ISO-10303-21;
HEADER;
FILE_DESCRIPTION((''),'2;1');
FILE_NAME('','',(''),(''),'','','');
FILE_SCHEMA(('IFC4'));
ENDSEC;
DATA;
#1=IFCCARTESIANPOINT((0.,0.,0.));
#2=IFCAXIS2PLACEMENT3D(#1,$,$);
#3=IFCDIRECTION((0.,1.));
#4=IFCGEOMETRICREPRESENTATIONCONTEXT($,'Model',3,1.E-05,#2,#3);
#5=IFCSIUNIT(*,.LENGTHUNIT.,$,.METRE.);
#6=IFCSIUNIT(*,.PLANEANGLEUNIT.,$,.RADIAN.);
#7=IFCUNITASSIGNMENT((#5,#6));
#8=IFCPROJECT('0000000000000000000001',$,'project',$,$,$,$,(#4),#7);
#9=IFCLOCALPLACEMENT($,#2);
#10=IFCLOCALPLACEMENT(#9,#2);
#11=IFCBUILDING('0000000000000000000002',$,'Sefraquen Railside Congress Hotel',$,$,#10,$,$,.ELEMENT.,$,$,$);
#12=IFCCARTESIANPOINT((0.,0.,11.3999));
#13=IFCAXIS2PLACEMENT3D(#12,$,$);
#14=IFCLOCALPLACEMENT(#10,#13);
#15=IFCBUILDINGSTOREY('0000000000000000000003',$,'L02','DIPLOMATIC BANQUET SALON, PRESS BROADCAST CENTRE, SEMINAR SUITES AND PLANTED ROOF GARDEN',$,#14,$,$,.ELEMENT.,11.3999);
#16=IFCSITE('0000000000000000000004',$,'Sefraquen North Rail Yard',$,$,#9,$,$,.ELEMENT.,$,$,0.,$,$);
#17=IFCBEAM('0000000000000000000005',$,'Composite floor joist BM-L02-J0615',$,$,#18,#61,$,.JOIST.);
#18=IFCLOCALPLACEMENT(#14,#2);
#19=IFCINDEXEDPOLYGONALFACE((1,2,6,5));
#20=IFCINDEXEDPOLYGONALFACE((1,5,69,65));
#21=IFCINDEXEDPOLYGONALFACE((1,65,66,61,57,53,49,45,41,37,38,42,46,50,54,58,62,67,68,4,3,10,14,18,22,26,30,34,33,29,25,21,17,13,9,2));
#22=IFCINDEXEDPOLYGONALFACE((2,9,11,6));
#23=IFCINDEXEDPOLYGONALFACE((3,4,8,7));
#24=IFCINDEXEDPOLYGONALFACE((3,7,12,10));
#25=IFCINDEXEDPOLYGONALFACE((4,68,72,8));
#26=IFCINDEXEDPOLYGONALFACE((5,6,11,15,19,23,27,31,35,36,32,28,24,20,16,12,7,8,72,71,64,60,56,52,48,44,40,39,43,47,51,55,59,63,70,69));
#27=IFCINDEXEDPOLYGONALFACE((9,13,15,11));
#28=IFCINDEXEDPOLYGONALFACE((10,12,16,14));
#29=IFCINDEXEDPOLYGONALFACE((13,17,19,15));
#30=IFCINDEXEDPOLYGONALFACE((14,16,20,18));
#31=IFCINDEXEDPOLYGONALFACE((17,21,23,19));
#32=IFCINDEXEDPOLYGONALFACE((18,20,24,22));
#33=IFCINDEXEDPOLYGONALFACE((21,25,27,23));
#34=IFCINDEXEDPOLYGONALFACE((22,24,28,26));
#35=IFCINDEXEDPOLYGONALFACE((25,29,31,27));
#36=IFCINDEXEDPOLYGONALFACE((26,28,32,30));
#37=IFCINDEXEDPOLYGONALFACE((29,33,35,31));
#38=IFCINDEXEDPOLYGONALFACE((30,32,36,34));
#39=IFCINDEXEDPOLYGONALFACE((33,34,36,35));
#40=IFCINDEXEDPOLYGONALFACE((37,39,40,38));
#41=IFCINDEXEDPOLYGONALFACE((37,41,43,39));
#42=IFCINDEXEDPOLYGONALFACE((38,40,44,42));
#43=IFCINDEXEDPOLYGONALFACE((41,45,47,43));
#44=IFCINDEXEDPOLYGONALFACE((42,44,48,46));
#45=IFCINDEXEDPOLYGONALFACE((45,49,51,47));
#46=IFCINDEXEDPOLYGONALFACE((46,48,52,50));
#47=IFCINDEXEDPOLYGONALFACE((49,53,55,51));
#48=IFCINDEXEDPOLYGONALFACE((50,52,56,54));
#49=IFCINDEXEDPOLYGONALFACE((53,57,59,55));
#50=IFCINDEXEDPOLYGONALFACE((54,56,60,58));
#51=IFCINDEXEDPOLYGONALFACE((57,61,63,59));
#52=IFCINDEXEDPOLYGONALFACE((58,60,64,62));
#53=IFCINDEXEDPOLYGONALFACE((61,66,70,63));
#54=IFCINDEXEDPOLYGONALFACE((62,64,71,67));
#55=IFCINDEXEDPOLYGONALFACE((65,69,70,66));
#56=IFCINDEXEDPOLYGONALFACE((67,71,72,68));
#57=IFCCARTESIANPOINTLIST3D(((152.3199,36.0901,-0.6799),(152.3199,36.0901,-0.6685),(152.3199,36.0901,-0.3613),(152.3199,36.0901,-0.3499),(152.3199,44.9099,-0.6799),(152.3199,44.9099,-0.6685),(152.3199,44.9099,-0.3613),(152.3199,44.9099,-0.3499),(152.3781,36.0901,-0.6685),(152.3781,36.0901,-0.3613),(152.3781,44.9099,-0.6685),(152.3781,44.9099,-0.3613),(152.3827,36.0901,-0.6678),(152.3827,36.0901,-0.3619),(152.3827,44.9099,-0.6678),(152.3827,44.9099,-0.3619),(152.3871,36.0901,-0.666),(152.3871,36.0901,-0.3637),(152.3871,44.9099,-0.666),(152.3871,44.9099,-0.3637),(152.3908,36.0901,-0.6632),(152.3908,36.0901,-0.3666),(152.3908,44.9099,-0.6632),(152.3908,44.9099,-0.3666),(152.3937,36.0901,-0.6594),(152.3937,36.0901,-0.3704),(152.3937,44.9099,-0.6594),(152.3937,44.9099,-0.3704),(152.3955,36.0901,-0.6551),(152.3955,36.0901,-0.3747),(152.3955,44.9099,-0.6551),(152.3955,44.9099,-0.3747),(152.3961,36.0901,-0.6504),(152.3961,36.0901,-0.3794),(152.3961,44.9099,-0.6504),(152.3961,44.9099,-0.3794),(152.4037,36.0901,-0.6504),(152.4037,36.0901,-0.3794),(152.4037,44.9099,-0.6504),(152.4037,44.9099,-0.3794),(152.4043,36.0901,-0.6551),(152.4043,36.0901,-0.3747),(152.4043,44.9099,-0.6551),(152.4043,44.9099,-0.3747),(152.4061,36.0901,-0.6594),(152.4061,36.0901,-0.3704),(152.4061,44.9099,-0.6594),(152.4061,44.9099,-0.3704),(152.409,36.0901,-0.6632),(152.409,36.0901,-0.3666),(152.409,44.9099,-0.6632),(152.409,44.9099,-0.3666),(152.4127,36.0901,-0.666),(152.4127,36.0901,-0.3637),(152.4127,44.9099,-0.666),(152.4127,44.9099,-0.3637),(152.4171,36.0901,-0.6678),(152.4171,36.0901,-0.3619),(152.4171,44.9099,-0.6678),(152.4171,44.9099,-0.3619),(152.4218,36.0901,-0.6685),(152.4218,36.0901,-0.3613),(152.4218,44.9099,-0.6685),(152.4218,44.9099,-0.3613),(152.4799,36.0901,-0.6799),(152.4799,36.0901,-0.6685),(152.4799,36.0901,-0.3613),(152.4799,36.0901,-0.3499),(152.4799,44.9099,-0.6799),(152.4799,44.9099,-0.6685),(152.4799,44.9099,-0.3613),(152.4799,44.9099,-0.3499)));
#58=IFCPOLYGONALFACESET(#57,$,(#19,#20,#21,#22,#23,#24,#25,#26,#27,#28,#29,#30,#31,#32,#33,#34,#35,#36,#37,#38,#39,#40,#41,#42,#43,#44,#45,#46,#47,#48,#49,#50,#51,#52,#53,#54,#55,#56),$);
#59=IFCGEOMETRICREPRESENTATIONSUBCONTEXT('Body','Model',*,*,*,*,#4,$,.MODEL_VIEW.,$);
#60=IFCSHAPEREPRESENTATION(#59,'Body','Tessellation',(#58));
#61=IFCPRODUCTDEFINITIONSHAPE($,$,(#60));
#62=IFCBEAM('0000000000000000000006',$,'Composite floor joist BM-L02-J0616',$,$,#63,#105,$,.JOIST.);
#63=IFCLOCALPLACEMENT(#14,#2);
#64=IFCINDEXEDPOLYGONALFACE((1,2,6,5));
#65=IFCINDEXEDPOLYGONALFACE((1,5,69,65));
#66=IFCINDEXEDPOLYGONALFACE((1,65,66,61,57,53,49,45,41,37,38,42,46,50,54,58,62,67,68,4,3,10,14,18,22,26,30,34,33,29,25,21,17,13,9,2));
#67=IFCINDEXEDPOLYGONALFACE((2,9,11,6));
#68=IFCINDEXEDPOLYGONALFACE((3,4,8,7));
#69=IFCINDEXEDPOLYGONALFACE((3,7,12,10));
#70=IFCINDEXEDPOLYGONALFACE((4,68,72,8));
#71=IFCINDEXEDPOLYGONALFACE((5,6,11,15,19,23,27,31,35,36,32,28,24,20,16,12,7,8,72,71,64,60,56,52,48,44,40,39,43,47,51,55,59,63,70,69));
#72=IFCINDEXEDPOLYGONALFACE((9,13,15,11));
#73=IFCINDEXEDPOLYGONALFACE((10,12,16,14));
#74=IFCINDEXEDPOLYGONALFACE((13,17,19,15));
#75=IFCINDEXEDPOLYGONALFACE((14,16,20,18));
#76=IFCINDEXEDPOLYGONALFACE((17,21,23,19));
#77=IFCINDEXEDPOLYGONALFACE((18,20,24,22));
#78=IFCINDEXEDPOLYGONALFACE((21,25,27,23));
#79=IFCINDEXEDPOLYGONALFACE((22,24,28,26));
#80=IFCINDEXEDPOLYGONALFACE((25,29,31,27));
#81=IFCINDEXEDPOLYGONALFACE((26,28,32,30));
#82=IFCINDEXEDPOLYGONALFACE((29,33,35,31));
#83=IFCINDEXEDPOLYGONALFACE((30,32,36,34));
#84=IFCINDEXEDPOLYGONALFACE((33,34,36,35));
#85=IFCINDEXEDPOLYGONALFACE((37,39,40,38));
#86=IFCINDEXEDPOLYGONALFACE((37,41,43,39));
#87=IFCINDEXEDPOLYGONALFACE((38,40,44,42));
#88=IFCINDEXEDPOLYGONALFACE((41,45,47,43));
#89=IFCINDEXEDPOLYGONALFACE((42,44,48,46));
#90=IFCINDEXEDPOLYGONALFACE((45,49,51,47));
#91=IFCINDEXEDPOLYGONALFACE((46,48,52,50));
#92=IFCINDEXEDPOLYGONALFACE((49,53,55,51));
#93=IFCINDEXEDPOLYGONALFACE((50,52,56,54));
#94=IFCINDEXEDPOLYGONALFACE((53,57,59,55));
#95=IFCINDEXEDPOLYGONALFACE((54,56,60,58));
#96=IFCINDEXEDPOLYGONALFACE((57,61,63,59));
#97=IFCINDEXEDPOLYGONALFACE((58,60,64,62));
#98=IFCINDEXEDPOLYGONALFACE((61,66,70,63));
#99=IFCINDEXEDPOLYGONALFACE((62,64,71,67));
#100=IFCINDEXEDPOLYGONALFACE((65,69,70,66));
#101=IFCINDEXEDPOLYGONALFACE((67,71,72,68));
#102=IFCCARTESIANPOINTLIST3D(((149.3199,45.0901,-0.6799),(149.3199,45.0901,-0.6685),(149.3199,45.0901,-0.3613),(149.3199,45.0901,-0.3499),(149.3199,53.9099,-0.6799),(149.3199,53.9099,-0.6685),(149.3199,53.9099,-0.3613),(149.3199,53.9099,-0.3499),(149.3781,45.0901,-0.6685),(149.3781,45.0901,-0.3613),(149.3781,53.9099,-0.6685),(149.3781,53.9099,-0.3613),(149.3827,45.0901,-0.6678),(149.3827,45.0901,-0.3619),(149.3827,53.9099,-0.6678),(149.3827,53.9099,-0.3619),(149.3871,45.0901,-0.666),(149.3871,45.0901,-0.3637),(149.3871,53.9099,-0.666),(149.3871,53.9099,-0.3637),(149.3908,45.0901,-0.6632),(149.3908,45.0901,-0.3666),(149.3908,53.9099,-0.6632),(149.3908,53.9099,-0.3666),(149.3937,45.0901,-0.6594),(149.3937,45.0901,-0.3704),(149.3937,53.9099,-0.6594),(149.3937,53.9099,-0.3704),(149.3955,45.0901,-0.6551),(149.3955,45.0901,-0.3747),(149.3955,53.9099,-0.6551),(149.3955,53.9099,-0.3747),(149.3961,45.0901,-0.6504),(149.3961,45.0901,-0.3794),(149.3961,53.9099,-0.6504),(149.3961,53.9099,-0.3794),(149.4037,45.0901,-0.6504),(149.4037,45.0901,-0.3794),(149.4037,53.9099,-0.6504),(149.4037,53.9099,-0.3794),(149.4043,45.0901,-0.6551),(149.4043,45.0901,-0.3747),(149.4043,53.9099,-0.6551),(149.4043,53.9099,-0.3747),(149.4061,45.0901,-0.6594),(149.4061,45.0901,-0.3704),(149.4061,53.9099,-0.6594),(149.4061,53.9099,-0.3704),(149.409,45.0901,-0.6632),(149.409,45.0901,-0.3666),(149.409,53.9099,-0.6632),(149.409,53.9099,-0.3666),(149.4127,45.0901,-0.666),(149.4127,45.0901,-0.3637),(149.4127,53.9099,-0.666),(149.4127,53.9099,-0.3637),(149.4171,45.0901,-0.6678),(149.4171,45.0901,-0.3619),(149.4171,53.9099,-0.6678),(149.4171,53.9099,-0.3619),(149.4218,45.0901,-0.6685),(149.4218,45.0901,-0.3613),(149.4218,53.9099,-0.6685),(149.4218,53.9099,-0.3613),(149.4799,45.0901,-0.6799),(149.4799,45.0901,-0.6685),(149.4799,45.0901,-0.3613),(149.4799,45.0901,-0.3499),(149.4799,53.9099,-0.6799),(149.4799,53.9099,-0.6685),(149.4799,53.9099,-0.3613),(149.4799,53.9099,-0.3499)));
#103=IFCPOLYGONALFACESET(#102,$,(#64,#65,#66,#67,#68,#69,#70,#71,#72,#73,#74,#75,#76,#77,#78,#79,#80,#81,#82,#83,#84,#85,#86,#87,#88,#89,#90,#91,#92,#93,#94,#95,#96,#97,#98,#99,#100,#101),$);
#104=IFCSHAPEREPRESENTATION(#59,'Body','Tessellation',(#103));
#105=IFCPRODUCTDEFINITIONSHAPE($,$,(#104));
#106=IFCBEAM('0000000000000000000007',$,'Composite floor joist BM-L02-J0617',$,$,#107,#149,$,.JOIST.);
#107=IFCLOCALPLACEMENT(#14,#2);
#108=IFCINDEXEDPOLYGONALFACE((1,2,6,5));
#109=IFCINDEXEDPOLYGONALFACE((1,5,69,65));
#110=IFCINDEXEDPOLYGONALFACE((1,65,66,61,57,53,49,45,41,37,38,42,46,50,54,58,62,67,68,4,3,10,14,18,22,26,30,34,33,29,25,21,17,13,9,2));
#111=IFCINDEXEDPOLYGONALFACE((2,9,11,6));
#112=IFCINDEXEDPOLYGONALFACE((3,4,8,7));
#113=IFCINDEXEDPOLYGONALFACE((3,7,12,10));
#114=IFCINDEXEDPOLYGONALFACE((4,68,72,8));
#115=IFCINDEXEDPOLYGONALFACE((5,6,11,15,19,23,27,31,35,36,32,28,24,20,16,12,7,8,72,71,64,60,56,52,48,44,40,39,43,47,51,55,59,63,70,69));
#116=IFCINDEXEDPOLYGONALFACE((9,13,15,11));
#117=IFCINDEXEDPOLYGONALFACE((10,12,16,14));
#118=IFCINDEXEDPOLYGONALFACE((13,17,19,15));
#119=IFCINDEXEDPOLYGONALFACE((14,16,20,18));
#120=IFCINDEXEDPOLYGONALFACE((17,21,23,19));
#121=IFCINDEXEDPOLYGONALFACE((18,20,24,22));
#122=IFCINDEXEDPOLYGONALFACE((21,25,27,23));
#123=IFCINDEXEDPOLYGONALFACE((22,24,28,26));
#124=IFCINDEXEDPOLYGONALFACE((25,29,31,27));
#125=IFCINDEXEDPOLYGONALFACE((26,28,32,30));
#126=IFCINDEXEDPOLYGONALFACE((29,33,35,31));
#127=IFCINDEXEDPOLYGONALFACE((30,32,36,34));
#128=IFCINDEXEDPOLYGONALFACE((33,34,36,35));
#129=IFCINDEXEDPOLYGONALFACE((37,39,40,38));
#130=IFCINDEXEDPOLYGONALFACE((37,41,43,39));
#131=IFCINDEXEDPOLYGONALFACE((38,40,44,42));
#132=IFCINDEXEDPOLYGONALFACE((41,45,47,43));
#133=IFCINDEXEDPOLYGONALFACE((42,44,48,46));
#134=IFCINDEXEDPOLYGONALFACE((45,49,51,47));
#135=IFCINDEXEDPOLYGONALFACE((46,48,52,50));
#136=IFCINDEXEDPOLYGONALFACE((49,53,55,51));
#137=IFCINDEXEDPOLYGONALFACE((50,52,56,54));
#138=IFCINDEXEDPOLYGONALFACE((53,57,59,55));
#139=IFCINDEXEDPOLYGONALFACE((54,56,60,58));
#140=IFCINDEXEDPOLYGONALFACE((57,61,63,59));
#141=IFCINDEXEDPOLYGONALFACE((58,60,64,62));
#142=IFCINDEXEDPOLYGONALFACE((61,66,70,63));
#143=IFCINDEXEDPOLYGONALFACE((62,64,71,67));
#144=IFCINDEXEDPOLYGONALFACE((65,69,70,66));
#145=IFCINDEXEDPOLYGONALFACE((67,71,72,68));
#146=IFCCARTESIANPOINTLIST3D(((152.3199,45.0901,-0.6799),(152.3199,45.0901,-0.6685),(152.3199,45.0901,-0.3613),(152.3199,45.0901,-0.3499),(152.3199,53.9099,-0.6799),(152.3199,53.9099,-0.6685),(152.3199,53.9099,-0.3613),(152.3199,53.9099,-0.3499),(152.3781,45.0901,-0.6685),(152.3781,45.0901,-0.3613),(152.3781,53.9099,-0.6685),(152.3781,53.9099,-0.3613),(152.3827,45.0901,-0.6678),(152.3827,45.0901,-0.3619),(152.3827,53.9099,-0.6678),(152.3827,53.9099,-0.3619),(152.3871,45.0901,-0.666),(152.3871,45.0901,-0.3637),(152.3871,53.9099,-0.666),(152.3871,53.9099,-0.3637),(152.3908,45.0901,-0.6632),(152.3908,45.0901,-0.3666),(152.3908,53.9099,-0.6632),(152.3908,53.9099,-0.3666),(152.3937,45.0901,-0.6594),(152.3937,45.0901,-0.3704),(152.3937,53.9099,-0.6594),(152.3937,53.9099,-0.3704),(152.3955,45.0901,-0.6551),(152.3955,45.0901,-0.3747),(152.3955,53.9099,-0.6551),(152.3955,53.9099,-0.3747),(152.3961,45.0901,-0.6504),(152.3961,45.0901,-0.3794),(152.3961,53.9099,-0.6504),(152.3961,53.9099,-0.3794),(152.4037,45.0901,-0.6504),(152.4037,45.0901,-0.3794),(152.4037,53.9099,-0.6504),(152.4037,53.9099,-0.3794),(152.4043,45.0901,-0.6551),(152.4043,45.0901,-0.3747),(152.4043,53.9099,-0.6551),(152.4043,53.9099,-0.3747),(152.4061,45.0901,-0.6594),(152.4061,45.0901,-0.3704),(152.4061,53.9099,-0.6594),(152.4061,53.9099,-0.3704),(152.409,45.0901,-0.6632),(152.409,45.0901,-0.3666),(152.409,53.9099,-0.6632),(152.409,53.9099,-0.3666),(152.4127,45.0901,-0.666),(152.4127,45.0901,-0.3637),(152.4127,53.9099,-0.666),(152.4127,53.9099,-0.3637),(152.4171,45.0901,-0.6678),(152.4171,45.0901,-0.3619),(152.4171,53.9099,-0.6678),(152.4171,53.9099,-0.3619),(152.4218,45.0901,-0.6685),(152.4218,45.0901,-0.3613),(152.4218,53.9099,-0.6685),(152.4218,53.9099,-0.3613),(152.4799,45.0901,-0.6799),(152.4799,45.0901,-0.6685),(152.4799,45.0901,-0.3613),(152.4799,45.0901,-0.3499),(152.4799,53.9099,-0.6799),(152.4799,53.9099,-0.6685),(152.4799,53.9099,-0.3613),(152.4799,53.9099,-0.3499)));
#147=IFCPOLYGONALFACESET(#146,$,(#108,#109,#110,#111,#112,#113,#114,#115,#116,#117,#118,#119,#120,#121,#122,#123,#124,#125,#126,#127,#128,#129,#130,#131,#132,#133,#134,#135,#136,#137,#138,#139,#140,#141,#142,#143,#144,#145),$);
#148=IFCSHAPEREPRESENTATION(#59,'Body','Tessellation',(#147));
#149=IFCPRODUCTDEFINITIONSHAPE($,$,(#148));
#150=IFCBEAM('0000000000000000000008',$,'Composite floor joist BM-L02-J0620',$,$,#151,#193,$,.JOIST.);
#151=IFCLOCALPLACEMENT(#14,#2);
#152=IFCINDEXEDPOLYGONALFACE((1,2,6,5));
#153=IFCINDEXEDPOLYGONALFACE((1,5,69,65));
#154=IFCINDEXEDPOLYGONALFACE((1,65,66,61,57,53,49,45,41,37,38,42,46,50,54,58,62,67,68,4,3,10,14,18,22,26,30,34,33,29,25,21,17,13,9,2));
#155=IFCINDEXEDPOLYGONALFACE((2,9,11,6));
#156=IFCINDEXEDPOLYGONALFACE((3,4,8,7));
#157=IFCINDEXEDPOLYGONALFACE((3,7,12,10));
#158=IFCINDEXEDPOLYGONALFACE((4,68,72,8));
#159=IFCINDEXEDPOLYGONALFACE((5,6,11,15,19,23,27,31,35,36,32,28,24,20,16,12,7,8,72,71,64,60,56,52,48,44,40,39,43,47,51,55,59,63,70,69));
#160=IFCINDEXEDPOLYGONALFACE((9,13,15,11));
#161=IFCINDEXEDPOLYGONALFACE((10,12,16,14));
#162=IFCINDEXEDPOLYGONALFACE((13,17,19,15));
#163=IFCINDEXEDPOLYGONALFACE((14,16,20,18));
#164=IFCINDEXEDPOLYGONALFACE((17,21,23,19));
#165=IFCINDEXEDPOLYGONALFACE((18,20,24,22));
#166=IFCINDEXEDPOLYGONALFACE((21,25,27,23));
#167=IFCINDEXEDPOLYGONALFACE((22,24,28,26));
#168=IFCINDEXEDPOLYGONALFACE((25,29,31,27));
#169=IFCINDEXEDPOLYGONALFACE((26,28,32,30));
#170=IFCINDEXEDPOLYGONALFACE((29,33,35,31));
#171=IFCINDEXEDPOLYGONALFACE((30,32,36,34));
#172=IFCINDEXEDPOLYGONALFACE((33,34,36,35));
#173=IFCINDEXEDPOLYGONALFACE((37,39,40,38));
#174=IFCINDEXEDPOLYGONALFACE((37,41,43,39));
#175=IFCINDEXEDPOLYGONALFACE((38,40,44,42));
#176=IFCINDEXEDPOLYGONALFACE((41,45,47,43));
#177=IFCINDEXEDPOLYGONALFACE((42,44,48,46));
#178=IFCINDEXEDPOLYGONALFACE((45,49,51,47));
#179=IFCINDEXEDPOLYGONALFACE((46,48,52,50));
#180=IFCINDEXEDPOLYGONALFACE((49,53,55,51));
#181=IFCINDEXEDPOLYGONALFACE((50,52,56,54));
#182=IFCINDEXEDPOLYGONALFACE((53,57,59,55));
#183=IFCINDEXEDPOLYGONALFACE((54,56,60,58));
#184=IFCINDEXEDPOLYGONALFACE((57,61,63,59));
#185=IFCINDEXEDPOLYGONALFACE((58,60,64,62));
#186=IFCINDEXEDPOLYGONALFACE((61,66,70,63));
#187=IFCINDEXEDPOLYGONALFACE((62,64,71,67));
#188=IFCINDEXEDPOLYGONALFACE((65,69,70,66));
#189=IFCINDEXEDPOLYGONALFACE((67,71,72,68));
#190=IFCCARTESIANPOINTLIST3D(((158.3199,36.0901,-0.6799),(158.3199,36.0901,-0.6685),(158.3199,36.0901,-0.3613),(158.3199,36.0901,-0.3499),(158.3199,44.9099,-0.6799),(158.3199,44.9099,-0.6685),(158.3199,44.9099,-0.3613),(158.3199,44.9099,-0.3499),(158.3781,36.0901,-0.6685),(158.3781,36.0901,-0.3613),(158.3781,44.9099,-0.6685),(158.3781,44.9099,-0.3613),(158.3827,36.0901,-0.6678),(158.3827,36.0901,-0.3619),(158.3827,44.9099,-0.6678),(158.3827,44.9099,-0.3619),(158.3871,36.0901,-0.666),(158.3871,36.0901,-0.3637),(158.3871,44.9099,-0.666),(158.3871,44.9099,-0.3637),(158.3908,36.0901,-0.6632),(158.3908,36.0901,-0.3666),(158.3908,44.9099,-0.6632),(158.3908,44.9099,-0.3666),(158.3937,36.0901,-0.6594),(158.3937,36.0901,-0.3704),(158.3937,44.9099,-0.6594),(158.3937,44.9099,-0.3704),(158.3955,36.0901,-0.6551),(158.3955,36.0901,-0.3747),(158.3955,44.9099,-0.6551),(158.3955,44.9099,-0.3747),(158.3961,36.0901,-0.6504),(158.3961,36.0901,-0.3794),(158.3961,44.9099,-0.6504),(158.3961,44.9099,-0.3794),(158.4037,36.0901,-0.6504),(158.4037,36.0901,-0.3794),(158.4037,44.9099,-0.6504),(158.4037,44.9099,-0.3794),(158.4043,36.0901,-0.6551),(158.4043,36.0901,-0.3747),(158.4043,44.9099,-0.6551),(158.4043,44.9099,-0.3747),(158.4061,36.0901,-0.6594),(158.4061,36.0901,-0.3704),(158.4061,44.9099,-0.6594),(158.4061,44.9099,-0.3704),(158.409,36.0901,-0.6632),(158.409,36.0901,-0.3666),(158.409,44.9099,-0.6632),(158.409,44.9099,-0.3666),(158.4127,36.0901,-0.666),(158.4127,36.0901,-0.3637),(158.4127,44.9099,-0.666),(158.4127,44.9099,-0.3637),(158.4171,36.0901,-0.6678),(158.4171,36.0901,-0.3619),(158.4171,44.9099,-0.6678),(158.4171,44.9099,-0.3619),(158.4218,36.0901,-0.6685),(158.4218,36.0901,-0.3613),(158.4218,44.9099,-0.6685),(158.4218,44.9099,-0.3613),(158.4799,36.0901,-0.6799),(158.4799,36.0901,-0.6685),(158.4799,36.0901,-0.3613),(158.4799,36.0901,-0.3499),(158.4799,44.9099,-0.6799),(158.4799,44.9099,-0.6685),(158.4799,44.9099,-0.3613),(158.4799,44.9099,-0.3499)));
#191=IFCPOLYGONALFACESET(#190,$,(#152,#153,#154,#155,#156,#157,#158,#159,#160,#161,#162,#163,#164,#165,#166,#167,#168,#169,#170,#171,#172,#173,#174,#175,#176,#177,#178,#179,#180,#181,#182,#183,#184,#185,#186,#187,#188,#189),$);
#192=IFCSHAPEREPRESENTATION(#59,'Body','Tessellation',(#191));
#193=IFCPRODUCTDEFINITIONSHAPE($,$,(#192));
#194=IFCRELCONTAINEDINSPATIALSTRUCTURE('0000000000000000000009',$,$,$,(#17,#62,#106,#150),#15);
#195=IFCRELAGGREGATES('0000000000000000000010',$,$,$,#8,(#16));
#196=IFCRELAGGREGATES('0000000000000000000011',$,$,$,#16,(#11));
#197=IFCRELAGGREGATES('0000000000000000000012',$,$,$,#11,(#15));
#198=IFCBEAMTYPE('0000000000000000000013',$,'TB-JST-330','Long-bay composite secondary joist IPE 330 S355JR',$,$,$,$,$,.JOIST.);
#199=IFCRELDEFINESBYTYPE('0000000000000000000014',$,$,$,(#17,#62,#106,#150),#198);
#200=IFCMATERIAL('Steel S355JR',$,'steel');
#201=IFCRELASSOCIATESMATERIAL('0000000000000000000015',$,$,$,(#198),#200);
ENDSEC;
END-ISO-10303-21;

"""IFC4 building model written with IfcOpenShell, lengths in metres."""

from ifc_helpers import new_model, si_unit, direction, frame, origin, origin_2d, place, context, subcontext, project, spatial, i_section, extrude, material, material_profile, profile_set, type_object, element, save


model = new_model("IFC4")

# Units and contexts
model_context = context("Model", 3, precision=1e-05, world=origin(), true_north=direction((0.0, 1.0)))
body_context = subcontext(model_context, "Body", "Model", "MODEL_VIEW")
ifc_project = project(units=[si_unit("LENGTHUNIT", "METRE"), si_unit("PLANEANGLEUNIT", "RADIAN")], contexts=[model_context])

# Site, building, storey
site_placement = place(None, origin())
site = spatial("IfcSite", under=ifc_project, at=site_placement, Name="Sefraquen North Rail Yard", CompositionType="ELEMENT", RefElevation=0.0)
building_placement = place(site_placement, origin())
building = spatial("IfcBuilding", under=site, at=building_placement, Name="Sefraquen Railside Congress Hotel", CompositionType="ELEMENT")
storey_placement = place(building_placement, frame((0.0, 0.0, 11.3999)))
storey = spatial("IfcBuildingStorey", under=building, at=storey_placement, Name="L02", Description="DIPLOMATIC BANQUET SALON, PRESS BROADCAST CENTRE, SEMINAR SUITES AND PLANTED ROOF GARDEN", CompositionType="ELEMENT", Elevation=11.3999)

# Shared definitions
ifc_material_1 = material(Name="Steel S355JR", Category="steel")

# Beams
ifc_material_profile_1 = material_profile(ifc_material_1, i_section(OverallWidth=0.1599, OverallDepth=0.3301, WebThickness=0.0076, FlangeThickness=0.0115, FilletRadius=0.0181, at=origin_2d()), Name="IPE 330")
ifc_profile_set_1 = profile_set([ifc_material_profile_1], Name="Steel S355JR")
beam_type_1 = type_object("IfcBeamType", Name="TB-JST-330", Description="Long-bay composite secondary joist IPE 330 S355JR", PredefinedType="JOIST", material=ifc_profile_set_1)
for number, where, z_axis, x_axis, name in (
    (1, (152.3999, 36.0901, -0.5149), (0.0, 1.0, 0.0), (-1.0, 0.0, 0.0), "Composite floor joist BM-L02-J0615"),
    (2, (149.3999, 45.0901, -0.5149), (0.0, 1.0, 0.0), (-1.0, 0.0, 0.0), "Composite floor joist BM-L02-J0616"),
    (3, (152.3999, 45.0901, -0.5149), (0.0, 1.0, 0.0), (-1.0, 0.0, 0.0), "Composite floor joist BM-L02-J0617"),
    (4, (158.3999, 36.0901, -0.5149), (0.0, 1.0, 0.0), (-1.0, 0.0, 0.0), "Composite floor joist BM-L02-J0620"),
):
    element("IfcBeam", number, at=place(storey_placement, frame(where, z_axis=z_axis, x_axis=x_axis)), inside=storey, type_object=beam_type_1, Name=name, PredefinedType="JOIST", context=body_context, shape_type="SweptSolid", body=[
        extrude(i_section(OverallWidth=0.1599, OverallDepth=0.3301, WebThickness=0.0076, FlangeThickness=0.0115, FilletRadius=0.0181, at=origin_2d()), origin(), (0.0, 0.0, 1.0), 8.8198),
    ])

save(model, "model.ifc")
